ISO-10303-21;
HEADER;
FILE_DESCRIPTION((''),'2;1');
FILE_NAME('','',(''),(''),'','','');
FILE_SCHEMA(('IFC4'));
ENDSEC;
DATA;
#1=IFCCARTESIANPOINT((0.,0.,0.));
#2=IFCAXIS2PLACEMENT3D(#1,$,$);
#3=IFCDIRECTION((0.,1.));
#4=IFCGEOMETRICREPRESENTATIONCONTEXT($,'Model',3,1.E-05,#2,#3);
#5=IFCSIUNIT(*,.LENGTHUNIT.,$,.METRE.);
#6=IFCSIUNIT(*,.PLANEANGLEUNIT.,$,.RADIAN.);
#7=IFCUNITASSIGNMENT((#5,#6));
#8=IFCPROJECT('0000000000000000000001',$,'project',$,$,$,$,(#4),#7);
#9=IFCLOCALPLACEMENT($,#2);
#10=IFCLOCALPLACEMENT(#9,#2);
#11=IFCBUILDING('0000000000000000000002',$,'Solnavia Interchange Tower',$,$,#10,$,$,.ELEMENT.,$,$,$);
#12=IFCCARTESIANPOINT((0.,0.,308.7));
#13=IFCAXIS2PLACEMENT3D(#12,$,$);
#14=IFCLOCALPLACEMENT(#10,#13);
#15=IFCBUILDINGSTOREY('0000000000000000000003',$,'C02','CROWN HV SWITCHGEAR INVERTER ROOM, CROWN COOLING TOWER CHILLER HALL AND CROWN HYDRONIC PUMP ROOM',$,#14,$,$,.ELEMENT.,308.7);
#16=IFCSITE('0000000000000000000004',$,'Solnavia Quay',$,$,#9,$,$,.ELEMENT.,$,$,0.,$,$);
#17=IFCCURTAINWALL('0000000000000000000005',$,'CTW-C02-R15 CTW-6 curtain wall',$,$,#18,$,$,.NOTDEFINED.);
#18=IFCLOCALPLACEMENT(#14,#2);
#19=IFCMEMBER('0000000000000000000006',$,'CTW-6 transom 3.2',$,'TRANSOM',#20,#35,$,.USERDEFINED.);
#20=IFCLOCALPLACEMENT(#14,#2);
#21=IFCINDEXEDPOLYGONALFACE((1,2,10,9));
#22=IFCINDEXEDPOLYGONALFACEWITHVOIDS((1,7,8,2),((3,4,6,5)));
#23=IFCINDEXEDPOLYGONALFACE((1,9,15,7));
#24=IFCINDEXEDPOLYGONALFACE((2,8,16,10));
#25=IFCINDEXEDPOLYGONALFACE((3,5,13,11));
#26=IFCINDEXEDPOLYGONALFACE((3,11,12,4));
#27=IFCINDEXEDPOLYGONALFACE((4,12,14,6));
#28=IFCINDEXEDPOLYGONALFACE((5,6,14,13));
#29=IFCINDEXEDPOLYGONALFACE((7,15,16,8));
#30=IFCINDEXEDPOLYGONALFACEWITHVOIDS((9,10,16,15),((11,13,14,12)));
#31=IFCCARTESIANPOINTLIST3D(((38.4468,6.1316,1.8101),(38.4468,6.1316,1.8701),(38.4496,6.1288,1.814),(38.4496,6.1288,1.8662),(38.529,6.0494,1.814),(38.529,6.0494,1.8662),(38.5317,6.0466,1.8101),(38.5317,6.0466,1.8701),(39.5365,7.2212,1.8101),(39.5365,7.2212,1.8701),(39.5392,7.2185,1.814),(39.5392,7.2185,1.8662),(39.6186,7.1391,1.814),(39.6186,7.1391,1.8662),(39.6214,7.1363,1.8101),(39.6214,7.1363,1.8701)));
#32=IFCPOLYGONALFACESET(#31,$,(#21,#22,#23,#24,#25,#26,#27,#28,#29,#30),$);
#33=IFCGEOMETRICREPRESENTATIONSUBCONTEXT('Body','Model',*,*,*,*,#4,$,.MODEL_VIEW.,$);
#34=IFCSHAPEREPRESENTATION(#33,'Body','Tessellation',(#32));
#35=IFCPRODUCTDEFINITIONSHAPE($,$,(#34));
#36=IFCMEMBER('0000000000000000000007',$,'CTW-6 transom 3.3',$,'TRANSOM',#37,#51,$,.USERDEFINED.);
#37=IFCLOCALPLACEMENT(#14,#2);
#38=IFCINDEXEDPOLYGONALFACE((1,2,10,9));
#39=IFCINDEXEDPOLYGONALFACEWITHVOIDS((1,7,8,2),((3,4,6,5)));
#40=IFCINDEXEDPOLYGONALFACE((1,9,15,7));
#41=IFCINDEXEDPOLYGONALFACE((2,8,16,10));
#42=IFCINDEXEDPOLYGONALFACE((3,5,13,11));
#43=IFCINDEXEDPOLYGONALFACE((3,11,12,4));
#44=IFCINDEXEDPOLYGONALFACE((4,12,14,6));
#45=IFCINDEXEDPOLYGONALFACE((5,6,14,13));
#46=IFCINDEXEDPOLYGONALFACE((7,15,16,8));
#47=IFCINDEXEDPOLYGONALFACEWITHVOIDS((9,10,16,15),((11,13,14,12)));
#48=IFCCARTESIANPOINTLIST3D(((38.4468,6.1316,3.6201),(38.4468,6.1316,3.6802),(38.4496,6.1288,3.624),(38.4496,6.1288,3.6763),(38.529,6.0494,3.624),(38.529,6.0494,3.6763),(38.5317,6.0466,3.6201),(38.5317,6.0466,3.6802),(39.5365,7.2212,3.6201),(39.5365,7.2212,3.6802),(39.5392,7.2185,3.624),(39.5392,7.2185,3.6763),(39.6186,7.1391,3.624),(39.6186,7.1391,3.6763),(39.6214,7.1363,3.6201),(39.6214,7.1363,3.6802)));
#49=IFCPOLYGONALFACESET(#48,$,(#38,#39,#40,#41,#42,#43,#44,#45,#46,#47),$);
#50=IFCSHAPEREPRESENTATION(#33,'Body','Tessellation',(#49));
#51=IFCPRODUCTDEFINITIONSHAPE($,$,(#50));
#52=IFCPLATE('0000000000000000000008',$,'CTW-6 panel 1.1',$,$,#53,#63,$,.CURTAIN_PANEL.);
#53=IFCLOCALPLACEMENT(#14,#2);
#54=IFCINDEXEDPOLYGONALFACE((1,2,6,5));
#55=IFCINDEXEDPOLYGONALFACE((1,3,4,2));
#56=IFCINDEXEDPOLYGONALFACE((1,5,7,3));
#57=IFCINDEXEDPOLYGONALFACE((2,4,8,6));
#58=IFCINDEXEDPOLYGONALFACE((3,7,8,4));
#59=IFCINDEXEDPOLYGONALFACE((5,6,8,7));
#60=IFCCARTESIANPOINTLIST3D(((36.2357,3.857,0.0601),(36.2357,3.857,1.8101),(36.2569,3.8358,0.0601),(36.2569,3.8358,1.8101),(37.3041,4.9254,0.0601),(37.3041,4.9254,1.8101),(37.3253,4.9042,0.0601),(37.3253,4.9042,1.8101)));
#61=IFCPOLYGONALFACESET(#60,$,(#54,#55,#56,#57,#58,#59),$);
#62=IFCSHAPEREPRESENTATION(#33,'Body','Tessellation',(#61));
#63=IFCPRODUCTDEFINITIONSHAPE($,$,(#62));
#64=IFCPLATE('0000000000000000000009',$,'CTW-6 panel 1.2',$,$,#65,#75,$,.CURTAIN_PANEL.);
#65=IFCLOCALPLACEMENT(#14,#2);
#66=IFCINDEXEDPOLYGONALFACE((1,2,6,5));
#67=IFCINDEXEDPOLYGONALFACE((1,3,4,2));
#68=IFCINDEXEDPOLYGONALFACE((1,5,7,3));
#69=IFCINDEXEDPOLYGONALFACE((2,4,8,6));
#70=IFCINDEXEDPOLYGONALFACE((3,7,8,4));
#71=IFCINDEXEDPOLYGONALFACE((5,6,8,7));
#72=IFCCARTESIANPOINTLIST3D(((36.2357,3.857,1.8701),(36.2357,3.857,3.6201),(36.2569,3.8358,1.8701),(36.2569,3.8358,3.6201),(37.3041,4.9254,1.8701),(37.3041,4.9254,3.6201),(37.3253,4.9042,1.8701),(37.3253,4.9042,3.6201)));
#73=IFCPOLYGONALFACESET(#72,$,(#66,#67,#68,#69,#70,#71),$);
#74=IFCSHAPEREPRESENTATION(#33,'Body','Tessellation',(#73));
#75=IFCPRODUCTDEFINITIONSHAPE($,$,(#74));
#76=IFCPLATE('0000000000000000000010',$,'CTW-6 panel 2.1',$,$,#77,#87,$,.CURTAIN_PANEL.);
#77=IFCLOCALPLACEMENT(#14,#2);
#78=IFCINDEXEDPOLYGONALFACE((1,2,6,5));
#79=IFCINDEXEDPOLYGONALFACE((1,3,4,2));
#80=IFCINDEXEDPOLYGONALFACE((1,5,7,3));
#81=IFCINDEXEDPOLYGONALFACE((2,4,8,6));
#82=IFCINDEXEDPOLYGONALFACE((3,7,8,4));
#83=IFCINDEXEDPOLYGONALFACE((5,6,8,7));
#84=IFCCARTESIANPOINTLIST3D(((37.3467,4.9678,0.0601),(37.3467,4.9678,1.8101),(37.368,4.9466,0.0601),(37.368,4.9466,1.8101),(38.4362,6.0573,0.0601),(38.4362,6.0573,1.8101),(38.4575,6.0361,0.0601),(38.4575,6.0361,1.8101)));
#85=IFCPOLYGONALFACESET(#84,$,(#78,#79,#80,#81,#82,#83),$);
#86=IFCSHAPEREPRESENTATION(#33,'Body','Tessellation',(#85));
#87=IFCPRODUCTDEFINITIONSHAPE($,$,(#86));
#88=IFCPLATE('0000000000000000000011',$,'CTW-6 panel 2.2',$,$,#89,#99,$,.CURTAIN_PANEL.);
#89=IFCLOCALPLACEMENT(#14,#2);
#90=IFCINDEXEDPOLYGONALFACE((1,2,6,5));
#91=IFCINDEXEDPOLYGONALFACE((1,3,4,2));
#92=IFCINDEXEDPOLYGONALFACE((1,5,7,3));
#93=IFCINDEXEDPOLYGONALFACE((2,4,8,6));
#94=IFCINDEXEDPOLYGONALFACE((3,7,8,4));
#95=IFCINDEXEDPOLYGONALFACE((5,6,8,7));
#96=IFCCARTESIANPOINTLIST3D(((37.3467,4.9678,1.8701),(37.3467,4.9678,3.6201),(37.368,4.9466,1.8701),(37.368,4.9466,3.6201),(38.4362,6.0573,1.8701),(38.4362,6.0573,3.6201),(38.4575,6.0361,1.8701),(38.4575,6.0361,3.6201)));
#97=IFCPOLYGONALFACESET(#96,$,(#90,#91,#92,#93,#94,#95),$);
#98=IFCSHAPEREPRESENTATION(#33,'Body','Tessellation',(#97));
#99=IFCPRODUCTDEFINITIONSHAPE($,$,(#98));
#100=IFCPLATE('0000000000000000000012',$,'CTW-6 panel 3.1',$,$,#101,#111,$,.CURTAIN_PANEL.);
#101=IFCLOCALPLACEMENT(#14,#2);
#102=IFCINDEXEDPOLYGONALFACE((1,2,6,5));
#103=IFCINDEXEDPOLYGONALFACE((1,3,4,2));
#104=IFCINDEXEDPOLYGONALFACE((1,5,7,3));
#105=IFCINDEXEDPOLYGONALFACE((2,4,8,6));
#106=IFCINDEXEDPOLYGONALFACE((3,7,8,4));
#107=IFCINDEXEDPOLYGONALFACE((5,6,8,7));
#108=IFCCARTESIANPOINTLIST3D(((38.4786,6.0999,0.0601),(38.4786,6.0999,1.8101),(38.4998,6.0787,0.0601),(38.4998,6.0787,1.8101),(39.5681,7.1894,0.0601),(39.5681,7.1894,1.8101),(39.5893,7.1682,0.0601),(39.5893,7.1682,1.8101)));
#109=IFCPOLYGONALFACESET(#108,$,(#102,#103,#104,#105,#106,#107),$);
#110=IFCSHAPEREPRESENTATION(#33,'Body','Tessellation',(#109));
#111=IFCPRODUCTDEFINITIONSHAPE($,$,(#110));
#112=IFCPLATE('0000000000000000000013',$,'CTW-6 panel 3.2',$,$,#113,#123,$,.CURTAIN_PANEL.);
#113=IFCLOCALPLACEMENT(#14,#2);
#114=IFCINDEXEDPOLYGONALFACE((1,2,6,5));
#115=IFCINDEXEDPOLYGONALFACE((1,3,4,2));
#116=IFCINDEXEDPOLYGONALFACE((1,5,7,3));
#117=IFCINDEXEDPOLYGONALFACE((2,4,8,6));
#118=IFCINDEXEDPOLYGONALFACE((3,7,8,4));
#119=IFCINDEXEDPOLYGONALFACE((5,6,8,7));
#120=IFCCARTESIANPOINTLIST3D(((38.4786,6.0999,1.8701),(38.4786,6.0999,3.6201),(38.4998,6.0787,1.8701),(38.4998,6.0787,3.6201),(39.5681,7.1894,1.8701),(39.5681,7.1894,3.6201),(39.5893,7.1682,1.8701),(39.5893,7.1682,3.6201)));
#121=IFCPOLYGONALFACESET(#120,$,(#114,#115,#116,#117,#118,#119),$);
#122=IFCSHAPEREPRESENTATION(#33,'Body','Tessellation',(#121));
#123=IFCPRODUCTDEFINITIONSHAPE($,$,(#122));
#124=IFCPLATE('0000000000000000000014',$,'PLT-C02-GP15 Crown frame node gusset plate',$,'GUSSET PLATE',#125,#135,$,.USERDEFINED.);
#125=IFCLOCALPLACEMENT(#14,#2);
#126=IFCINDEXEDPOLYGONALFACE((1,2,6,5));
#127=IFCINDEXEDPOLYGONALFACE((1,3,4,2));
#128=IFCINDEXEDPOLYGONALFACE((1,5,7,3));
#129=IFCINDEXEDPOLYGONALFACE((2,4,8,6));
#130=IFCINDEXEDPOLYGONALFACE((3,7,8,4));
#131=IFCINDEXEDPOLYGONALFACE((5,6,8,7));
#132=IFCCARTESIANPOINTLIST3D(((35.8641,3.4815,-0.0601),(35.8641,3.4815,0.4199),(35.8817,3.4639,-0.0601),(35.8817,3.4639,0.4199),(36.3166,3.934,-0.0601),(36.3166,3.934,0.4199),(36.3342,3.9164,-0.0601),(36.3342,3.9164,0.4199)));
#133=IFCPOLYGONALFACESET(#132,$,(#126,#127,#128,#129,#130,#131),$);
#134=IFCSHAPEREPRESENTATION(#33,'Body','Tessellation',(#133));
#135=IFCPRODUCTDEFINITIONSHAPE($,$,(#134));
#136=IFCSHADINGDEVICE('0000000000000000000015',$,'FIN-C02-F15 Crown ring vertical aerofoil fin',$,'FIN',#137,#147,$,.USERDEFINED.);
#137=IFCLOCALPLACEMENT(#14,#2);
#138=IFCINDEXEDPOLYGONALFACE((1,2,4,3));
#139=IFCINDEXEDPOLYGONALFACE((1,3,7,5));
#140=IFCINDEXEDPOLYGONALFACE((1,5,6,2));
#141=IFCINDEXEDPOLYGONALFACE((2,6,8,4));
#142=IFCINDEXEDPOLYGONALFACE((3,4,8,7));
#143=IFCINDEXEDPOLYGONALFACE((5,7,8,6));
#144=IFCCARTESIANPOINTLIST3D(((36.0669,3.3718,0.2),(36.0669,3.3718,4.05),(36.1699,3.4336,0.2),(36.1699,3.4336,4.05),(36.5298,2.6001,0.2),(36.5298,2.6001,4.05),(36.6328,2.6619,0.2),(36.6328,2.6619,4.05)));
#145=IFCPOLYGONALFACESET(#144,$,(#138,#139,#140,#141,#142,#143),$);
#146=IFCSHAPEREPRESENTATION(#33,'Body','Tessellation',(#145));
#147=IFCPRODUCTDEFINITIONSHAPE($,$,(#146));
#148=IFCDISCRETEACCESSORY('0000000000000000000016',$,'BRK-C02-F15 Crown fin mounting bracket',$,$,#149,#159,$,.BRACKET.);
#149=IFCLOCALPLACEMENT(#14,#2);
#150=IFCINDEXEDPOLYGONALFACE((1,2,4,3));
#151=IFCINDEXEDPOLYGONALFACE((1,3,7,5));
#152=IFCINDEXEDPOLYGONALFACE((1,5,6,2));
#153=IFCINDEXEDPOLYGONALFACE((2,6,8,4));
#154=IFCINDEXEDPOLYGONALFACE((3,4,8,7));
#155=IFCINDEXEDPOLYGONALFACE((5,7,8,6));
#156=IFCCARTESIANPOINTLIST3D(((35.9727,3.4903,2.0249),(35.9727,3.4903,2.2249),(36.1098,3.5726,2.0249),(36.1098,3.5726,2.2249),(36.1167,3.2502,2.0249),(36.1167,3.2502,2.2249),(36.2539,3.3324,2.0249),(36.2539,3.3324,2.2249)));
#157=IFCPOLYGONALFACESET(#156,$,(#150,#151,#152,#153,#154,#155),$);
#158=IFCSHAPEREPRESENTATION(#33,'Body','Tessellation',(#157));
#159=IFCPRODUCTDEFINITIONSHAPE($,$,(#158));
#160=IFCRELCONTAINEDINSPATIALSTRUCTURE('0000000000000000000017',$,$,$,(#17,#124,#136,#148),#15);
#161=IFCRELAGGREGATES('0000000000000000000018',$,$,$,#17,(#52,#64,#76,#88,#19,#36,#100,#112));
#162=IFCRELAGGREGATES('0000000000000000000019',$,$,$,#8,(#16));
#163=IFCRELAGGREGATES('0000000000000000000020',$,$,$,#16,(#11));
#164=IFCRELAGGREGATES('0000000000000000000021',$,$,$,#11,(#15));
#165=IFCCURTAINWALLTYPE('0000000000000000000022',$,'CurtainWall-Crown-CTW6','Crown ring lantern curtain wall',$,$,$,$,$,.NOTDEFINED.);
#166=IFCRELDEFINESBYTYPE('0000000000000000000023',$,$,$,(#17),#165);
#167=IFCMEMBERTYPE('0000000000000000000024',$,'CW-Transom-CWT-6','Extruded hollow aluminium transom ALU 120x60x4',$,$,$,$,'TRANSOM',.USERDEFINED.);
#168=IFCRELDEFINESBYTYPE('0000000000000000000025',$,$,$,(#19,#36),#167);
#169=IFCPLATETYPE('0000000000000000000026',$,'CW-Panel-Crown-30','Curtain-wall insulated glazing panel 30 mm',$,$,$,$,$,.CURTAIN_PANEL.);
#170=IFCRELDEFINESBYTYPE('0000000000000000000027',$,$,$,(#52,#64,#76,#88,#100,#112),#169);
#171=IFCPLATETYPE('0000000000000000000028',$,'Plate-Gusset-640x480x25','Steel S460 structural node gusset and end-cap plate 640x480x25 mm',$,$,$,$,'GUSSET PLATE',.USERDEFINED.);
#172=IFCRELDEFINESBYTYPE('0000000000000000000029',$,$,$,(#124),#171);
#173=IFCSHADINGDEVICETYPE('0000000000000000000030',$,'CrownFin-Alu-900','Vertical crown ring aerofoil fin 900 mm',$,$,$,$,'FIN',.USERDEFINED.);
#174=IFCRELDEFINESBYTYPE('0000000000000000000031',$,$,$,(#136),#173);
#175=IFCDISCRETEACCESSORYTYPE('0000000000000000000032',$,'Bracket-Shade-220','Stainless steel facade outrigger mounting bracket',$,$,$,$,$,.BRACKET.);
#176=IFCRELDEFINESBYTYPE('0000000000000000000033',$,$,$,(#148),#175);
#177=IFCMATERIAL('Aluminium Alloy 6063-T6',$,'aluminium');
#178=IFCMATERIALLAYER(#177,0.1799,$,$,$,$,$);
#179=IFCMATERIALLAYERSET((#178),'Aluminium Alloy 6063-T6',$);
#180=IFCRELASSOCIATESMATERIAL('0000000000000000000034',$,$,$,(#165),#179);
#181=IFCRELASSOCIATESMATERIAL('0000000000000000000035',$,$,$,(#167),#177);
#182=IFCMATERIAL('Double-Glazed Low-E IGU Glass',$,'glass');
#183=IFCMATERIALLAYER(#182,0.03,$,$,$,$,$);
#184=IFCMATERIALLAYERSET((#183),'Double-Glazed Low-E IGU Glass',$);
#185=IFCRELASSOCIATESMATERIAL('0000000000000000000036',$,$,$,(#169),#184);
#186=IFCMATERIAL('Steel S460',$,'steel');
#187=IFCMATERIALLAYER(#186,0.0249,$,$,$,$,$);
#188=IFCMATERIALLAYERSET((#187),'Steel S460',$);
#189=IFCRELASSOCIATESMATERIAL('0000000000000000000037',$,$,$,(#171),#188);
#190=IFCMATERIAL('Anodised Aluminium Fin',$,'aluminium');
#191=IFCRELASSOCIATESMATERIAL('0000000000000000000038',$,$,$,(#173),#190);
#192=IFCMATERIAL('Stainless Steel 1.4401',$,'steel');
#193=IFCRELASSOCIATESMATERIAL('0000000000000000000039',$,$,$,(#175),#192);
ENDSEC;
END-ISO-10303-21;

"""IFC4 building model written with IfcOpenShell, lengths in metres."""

from ifc_helpers import new_model, si_unit, direction, frame, origin, origin_2d, place, context, subcontext, project, spatial, rectangle, hollow_rectangle, extrude, material, layer, layer_set, material_profile, profile_set, type_object, element, aggregate, save


model = new_model("IFC4")

# Units and contexts
model_context = context("Model", 3, precision=1e-05, world=origin(), true_north=direction((0.0, 1.0)))
body_context = subcontext(model_context, "Body", "Model", "MODEL_VIEW")
ifc_project = project(units=[si_unit("LENGTHUNIT", "METRE"), si_unit("PLANEANGLEUNIT", "RADIAN")], contexts=[model_context])

# Site, building, storey
site_placement = place(None, origin())
site = spatial("IfcSite", under=ifc_project, at=site_placement, Name="Solnavia Quay", CompositionType="ELEMENT", RefElevation=0.0)
building_placement = place(site_placement, origin())
building = spatial("IfcBuilding", under=site, at=building_placement, Name="Solnavia Interchange Tower", CompositionType="ELEMENT")
storey_placement = place(building_placement, frame((0.0, 0.0, 308.7)))
storey = spatial("IfcBuildingStorey", under=building, at=storey_placement, Name="C02", Description="CROWN HV SWITCHGEAR INVERTER ROOM, CROWN COOLING TOWER CHILLER HALL AND CROWN HYDRONIC PUMP ROOM", CompositionType="ELEMENT", Elevation=308.7)

# Curtain wall, members, plates
ifc_material_1 = material(Name="Aluminium Alloy 6063-T6", Category="aluminium")
ifc_layer_1 = layer(ifc_material_1, 0.1799)
ifc_layer_set_1 = layer_set([ifc_layer_1], Name="Aluminium Alloy 6063-T6")
curtain_wall_type = type_object("IfcCurtainWallType", Name="CurtainWall-Crown-CTW6", Description="Crown ring lantern curtain wall", PredefinedType="NOTDEFINED", material=ifc_layer_set_1)
curtain_wall_placement = place(storey_placement, origin())
curtain_wall = element("IfcCurtainWall", 1, at=curtain_wall_placement, inside=storey, type_object=curtain_wall_type, Name="CTW-C02-R15 CTW-6 curtain wall", PredefinedType="NOTDEFINED")
ifc_material_profile_1 = material_profile(ifc_material_1, hollow_rectangle(XDim=0.0601, YDim=0.1201, WallThickness=0.0039, at=origin_2d()), Name="ALU 120x60x4")
ifc_profile_set_1 = profile_set([ifc_material_profile_1], Name="Aluminium Alloy 6063-T6")
member_type_1 = type_object("IfcMemberType", Name="CW-Transom-CWT-6", Description="Extruded hollow aluminium transom ALU 120x60x4", ElementType="TRANSOM", PredefinedType="USERDEFINED", material=ifc_profile_set_1)
member_1_placement = place(storey_placement, frame((38.4893, 6.0891, 1.8401), z_axis=(0.707107, 0.707107, 0.0), x_axis=(0.0, 0.0, 1.0)))
member_1 = element("IfcMember", 2, at=member_1_placement, type_object=member_type_1, Name="CTW-6 transom 3.2", ObjectType="TRANSOM", PredefinedType="USERDEFINED", context=body_context, shape_type="SweptSolid", body=[
    extrude(hollow_rectangle(XDim=0.0601, YDim=0.1201, WallThickness=0.0039, at=origin_2d()), origin(), (0.0, 0.0, 1.0), 1.541),
])
member_2_placement = place(storey_placement, frame((38.4893, 6.0891, 3.6501), z_axis=(0.707107, 0.707107, 0.0), x_axis=(0.0, 0.0, 1.0)))
member_2 = element("IfcMember", 3, at=member_2_placement, type_object=member_type_1, Name="CTW-6 transom 3.3", ObjectType="TRANSOM", PredefinedType="USERDEFINED", context=body_context, shape_type="SweptSolid", body=[
    extrude(hollow_rectangle(XDim=0.0601, YDim=0.1201, WallThickness=0.0039, at=origin_2d()), origin(), (0.0, 0.0, 1.0), 1.541),
])
ifc_material_2 = material(Name="Double-Glazed Low-E IGU Glass", Category="glass")
ifc_layer_2 = layer(ifc_material_2, 0.03)
ifc_layer_set_2 = layer_set([ifc_layer_2], Name="Double-Glazed Low-E IGU Glass")
plate_type_1 = type_object("IfcPlateType", Name="CW-Panel-Crown-30", Description="Curtain-wall insulated glazing panel 30 mm", PredefinedType="CURTAIN_PANEL", material=ifc_layer_set_2)
plate_1_placement = place(storey_placement, frame((36.7805, 4.3806, 0.0601), z_axis=(0.0, 0.0, 1.0), x_axis=(0.707107, 0.707107, 0.0)))
plate_1 = element("IfcPlate", 4, at=plate_1_placement, type_object=plate_type_1, Name="CTW-6 panel 1.1", PredefinedType="CURTAIN_PANEL", context=body_context, shape_type="SweptSolid", body=[
    extrude(rectangle(XDim=1.511, YDim=0.03, at=origin_2d()), origin(), (0.0, 0.0, 1.0), 1.75),
])
plate_2_placement = place(storey_placement, frame((36.7805, 4.3806, 1.8701), z_axis=(0.0, 0.0, 1.0), x_axis=(0.707107, 0.707107, 0.0)))
plate_2 = element("IfcPlate", 5, at=plate_2_placement, type_object=plate_type_1, Name="CTW-6 panel 1.2", PredefinedType="CURTAIN_PANEL", context=body_context, shape_type="SweptSolid", body=[
    extrude(rectangle(XDim=1.511, YDim=0.03, at=origin_2d()), origin(), (0.0, 0.0, 1.0), 1.75),
])
plate_3_placement = place(storey_placement, frame((37.9021, 5.502, 0.0601), z_axis=(0.0, 0.0, 1.0), x_axis=(0.707107, 0.707107, 0.0)))
plate_3 = element("IfcPlate", 6, at=plate_3_placement, type_object=plate_type_1, Name="CTW-6 panel 2.1", PredefinedType="CURTAIN_PANEL", context=body_context, shape_type="SweptSolid", body=[
    extrude(rectangle(XDim=1.5408, YDim=0.03, at=origin_2d()), origin(), (0.0, 0.0, 1.0), 1.75),
])
plate_4_placement = place(storey_placement, frame((37.9021, 5.502, 1.8701), z_axis=(0.0, 0.0, 1.0), x_axis=(0.707107, 0.707107, 0.0)))
plate_4 = element("IfcPlate", 7, at=plate_4_placement, type_object=plate_type_1, Name="CTW-6 panel 2.2", PredefinedType="CURTAIN_PANEL", context=body_context, shape_type="SweptSolid", body=[
    extrude(rectangle(XDim=1.5408, YDim=0.03, at=origin_2d()), origin(), (0.0, 0.0, 1.0), 1.75),
])
plate_5_placement = place(storey_placement, frame((39.0339, 6.634, 0.0601), z_axis=(0.0, 0.0, 1.0), x_axis=(0.707107, 0.707107, 0.0)))
plate_5 = element("IfcPlate", 8, at=plate_5_placement, type_object=plate_type_1, Name="CTW-6 panel 3.1", PredefinedType="CURTAIN_PANEL", context=body_context, shape_type="SweptSolid", body=[
    extrude(rectangle(XDim=1.5408, YDim=0.03, at=origin_2d()), origin(), (0.0, 0.0, 1.0), 1.75),
])
plate_6_placement = place(storey_placement, frame((39.0339, 6.634, 1.8701), z_axis=(0.0, 0.0, 1.0), x_axis=(0.707107, 0.707107, 0.0)))
plate_6 = element("IfcPlate", 9, at=plate_6_placement, type_object=plate_type_1, Name="CTW-6 panel 3.2", PredefinedType="CURTAIN_PANEL", context=body_context, shape_type="SweptSolid", body=[
    extrude(rectangle(XDim=1.5408, YDim=0.03, at=origin_2d()), origin(), (0.0, 0.0, 1.0), 1.75),
])
aggregate(curtain_wall, [plate_1, plate_2, plate_3, plate_4, member_1, member_2, plate_5, plate_6])

# Plate
ifc_material_3 = material(Name="Steel S460", Category="steel")
ifc_layer_3 = layer(ifc_material_3, 0.0249)
ifc_layer_set_3 = layer_set([ifc_layer_3], Name="Steel S460")
plate_type_2 = type_object("IfcPlateType", Name="Plate-Gusset-640x480x25", Description="Steel S460 structural node gusset and end-cap plate 640x480x25 mm", ElementType="GUSSET PLATE", PredefinedType="USERDEFINED", material=ifc_layer_set_3)
plate_7_placement = place(storey_placement, frame((36.0991, 3.699, -0.0601), z_axis=(0.0, 0.0, 1.0), x_axis=(0.707107, 0.707107, 0.0)))
element("IfcPlate", 10, at=plate_7_placement, inside=storey, type_object=plate_type_2, Name="PLT-C02-GP15 Crown frame node gusset plate", ObjectType="GUSSET PLATE", PredefinedType="USERDEFINED", context=body_context, shape_type="SweptSolid", body=[
    extrude(rectangle(XDim=0.6399, YDim=0.0249, at=origin_2d()), origin(), (0.0, 0.0, 1.0), 0.48),
])

# Shading device
ifc_material_4 = material(Name="Anodised Aluminium Fin", Category="aluminium")
shading_device_type = type_object("IfcShadingDeviceType", Name="CrownFin-Alu-900", Description="Vertical crown ring aerofoil fin 900 mm", ElementType="FIN", PredefinedType="USERDEFINED", material=ifc_material_4)
shading_device_placement = place(storey_placement, frame((36.3499, 3.0168, 0.2), z_axis=(0.0, 0.0, 1.0), x_axis=(0.51444, -0.857527, 0.0)))
element("IfcShadingDevice", 11, at=shading_device_placement, inside=storey, type_object=shading_device_type, Name="FIN-C02-F15 Crown ring vertical aerofoil fin", ObjectType="FIN", PredefinedType="USERDEFINED", context=body_context, shape_type="SweptSolid", body=[
    extrude(rectangle(XDim=0.8999, YDim=0.1201, at=origin_2d()), origin(), (0.0, 0.0, 1.0), 3.8501),
])

# Discrete accessory
ifc_material_5 = material(Name="Stainless Steel 1.4401", Category="steel")
discrete_accessory_type = type_object("IfcDiscreteAccessoryType", Name="Bracket-Shade-220", Description="Stainless steel facade outrigger mounting bracket", PredefinedType="BRACKET", material=ifc_material_5)
discrete_accessory_placement = place(storey_placement, frame((36.1133, 3.4114, 2.0249), z_axis=(0.0, 0.0, 1.0), x_axis=(0.51444, -0.857527, 0.0)))
element("IfcDiscreteAccessory", 12, at=discrete_accessory_placement, inside=storey, type_object=discrete_accessory_type, Name="BRK-C02-F15 Crown fin mounting bracket", PredefinedType="BRACKET", context=body_context, shape_type="SweptSolid", body=[
    extrude(rectangle(XDim=0.28, YDim=0.1599, at=origin_2d()), origin(), (0.0, 0.0, 1.0), 0.2),
])

save(model, "model.ifc")
